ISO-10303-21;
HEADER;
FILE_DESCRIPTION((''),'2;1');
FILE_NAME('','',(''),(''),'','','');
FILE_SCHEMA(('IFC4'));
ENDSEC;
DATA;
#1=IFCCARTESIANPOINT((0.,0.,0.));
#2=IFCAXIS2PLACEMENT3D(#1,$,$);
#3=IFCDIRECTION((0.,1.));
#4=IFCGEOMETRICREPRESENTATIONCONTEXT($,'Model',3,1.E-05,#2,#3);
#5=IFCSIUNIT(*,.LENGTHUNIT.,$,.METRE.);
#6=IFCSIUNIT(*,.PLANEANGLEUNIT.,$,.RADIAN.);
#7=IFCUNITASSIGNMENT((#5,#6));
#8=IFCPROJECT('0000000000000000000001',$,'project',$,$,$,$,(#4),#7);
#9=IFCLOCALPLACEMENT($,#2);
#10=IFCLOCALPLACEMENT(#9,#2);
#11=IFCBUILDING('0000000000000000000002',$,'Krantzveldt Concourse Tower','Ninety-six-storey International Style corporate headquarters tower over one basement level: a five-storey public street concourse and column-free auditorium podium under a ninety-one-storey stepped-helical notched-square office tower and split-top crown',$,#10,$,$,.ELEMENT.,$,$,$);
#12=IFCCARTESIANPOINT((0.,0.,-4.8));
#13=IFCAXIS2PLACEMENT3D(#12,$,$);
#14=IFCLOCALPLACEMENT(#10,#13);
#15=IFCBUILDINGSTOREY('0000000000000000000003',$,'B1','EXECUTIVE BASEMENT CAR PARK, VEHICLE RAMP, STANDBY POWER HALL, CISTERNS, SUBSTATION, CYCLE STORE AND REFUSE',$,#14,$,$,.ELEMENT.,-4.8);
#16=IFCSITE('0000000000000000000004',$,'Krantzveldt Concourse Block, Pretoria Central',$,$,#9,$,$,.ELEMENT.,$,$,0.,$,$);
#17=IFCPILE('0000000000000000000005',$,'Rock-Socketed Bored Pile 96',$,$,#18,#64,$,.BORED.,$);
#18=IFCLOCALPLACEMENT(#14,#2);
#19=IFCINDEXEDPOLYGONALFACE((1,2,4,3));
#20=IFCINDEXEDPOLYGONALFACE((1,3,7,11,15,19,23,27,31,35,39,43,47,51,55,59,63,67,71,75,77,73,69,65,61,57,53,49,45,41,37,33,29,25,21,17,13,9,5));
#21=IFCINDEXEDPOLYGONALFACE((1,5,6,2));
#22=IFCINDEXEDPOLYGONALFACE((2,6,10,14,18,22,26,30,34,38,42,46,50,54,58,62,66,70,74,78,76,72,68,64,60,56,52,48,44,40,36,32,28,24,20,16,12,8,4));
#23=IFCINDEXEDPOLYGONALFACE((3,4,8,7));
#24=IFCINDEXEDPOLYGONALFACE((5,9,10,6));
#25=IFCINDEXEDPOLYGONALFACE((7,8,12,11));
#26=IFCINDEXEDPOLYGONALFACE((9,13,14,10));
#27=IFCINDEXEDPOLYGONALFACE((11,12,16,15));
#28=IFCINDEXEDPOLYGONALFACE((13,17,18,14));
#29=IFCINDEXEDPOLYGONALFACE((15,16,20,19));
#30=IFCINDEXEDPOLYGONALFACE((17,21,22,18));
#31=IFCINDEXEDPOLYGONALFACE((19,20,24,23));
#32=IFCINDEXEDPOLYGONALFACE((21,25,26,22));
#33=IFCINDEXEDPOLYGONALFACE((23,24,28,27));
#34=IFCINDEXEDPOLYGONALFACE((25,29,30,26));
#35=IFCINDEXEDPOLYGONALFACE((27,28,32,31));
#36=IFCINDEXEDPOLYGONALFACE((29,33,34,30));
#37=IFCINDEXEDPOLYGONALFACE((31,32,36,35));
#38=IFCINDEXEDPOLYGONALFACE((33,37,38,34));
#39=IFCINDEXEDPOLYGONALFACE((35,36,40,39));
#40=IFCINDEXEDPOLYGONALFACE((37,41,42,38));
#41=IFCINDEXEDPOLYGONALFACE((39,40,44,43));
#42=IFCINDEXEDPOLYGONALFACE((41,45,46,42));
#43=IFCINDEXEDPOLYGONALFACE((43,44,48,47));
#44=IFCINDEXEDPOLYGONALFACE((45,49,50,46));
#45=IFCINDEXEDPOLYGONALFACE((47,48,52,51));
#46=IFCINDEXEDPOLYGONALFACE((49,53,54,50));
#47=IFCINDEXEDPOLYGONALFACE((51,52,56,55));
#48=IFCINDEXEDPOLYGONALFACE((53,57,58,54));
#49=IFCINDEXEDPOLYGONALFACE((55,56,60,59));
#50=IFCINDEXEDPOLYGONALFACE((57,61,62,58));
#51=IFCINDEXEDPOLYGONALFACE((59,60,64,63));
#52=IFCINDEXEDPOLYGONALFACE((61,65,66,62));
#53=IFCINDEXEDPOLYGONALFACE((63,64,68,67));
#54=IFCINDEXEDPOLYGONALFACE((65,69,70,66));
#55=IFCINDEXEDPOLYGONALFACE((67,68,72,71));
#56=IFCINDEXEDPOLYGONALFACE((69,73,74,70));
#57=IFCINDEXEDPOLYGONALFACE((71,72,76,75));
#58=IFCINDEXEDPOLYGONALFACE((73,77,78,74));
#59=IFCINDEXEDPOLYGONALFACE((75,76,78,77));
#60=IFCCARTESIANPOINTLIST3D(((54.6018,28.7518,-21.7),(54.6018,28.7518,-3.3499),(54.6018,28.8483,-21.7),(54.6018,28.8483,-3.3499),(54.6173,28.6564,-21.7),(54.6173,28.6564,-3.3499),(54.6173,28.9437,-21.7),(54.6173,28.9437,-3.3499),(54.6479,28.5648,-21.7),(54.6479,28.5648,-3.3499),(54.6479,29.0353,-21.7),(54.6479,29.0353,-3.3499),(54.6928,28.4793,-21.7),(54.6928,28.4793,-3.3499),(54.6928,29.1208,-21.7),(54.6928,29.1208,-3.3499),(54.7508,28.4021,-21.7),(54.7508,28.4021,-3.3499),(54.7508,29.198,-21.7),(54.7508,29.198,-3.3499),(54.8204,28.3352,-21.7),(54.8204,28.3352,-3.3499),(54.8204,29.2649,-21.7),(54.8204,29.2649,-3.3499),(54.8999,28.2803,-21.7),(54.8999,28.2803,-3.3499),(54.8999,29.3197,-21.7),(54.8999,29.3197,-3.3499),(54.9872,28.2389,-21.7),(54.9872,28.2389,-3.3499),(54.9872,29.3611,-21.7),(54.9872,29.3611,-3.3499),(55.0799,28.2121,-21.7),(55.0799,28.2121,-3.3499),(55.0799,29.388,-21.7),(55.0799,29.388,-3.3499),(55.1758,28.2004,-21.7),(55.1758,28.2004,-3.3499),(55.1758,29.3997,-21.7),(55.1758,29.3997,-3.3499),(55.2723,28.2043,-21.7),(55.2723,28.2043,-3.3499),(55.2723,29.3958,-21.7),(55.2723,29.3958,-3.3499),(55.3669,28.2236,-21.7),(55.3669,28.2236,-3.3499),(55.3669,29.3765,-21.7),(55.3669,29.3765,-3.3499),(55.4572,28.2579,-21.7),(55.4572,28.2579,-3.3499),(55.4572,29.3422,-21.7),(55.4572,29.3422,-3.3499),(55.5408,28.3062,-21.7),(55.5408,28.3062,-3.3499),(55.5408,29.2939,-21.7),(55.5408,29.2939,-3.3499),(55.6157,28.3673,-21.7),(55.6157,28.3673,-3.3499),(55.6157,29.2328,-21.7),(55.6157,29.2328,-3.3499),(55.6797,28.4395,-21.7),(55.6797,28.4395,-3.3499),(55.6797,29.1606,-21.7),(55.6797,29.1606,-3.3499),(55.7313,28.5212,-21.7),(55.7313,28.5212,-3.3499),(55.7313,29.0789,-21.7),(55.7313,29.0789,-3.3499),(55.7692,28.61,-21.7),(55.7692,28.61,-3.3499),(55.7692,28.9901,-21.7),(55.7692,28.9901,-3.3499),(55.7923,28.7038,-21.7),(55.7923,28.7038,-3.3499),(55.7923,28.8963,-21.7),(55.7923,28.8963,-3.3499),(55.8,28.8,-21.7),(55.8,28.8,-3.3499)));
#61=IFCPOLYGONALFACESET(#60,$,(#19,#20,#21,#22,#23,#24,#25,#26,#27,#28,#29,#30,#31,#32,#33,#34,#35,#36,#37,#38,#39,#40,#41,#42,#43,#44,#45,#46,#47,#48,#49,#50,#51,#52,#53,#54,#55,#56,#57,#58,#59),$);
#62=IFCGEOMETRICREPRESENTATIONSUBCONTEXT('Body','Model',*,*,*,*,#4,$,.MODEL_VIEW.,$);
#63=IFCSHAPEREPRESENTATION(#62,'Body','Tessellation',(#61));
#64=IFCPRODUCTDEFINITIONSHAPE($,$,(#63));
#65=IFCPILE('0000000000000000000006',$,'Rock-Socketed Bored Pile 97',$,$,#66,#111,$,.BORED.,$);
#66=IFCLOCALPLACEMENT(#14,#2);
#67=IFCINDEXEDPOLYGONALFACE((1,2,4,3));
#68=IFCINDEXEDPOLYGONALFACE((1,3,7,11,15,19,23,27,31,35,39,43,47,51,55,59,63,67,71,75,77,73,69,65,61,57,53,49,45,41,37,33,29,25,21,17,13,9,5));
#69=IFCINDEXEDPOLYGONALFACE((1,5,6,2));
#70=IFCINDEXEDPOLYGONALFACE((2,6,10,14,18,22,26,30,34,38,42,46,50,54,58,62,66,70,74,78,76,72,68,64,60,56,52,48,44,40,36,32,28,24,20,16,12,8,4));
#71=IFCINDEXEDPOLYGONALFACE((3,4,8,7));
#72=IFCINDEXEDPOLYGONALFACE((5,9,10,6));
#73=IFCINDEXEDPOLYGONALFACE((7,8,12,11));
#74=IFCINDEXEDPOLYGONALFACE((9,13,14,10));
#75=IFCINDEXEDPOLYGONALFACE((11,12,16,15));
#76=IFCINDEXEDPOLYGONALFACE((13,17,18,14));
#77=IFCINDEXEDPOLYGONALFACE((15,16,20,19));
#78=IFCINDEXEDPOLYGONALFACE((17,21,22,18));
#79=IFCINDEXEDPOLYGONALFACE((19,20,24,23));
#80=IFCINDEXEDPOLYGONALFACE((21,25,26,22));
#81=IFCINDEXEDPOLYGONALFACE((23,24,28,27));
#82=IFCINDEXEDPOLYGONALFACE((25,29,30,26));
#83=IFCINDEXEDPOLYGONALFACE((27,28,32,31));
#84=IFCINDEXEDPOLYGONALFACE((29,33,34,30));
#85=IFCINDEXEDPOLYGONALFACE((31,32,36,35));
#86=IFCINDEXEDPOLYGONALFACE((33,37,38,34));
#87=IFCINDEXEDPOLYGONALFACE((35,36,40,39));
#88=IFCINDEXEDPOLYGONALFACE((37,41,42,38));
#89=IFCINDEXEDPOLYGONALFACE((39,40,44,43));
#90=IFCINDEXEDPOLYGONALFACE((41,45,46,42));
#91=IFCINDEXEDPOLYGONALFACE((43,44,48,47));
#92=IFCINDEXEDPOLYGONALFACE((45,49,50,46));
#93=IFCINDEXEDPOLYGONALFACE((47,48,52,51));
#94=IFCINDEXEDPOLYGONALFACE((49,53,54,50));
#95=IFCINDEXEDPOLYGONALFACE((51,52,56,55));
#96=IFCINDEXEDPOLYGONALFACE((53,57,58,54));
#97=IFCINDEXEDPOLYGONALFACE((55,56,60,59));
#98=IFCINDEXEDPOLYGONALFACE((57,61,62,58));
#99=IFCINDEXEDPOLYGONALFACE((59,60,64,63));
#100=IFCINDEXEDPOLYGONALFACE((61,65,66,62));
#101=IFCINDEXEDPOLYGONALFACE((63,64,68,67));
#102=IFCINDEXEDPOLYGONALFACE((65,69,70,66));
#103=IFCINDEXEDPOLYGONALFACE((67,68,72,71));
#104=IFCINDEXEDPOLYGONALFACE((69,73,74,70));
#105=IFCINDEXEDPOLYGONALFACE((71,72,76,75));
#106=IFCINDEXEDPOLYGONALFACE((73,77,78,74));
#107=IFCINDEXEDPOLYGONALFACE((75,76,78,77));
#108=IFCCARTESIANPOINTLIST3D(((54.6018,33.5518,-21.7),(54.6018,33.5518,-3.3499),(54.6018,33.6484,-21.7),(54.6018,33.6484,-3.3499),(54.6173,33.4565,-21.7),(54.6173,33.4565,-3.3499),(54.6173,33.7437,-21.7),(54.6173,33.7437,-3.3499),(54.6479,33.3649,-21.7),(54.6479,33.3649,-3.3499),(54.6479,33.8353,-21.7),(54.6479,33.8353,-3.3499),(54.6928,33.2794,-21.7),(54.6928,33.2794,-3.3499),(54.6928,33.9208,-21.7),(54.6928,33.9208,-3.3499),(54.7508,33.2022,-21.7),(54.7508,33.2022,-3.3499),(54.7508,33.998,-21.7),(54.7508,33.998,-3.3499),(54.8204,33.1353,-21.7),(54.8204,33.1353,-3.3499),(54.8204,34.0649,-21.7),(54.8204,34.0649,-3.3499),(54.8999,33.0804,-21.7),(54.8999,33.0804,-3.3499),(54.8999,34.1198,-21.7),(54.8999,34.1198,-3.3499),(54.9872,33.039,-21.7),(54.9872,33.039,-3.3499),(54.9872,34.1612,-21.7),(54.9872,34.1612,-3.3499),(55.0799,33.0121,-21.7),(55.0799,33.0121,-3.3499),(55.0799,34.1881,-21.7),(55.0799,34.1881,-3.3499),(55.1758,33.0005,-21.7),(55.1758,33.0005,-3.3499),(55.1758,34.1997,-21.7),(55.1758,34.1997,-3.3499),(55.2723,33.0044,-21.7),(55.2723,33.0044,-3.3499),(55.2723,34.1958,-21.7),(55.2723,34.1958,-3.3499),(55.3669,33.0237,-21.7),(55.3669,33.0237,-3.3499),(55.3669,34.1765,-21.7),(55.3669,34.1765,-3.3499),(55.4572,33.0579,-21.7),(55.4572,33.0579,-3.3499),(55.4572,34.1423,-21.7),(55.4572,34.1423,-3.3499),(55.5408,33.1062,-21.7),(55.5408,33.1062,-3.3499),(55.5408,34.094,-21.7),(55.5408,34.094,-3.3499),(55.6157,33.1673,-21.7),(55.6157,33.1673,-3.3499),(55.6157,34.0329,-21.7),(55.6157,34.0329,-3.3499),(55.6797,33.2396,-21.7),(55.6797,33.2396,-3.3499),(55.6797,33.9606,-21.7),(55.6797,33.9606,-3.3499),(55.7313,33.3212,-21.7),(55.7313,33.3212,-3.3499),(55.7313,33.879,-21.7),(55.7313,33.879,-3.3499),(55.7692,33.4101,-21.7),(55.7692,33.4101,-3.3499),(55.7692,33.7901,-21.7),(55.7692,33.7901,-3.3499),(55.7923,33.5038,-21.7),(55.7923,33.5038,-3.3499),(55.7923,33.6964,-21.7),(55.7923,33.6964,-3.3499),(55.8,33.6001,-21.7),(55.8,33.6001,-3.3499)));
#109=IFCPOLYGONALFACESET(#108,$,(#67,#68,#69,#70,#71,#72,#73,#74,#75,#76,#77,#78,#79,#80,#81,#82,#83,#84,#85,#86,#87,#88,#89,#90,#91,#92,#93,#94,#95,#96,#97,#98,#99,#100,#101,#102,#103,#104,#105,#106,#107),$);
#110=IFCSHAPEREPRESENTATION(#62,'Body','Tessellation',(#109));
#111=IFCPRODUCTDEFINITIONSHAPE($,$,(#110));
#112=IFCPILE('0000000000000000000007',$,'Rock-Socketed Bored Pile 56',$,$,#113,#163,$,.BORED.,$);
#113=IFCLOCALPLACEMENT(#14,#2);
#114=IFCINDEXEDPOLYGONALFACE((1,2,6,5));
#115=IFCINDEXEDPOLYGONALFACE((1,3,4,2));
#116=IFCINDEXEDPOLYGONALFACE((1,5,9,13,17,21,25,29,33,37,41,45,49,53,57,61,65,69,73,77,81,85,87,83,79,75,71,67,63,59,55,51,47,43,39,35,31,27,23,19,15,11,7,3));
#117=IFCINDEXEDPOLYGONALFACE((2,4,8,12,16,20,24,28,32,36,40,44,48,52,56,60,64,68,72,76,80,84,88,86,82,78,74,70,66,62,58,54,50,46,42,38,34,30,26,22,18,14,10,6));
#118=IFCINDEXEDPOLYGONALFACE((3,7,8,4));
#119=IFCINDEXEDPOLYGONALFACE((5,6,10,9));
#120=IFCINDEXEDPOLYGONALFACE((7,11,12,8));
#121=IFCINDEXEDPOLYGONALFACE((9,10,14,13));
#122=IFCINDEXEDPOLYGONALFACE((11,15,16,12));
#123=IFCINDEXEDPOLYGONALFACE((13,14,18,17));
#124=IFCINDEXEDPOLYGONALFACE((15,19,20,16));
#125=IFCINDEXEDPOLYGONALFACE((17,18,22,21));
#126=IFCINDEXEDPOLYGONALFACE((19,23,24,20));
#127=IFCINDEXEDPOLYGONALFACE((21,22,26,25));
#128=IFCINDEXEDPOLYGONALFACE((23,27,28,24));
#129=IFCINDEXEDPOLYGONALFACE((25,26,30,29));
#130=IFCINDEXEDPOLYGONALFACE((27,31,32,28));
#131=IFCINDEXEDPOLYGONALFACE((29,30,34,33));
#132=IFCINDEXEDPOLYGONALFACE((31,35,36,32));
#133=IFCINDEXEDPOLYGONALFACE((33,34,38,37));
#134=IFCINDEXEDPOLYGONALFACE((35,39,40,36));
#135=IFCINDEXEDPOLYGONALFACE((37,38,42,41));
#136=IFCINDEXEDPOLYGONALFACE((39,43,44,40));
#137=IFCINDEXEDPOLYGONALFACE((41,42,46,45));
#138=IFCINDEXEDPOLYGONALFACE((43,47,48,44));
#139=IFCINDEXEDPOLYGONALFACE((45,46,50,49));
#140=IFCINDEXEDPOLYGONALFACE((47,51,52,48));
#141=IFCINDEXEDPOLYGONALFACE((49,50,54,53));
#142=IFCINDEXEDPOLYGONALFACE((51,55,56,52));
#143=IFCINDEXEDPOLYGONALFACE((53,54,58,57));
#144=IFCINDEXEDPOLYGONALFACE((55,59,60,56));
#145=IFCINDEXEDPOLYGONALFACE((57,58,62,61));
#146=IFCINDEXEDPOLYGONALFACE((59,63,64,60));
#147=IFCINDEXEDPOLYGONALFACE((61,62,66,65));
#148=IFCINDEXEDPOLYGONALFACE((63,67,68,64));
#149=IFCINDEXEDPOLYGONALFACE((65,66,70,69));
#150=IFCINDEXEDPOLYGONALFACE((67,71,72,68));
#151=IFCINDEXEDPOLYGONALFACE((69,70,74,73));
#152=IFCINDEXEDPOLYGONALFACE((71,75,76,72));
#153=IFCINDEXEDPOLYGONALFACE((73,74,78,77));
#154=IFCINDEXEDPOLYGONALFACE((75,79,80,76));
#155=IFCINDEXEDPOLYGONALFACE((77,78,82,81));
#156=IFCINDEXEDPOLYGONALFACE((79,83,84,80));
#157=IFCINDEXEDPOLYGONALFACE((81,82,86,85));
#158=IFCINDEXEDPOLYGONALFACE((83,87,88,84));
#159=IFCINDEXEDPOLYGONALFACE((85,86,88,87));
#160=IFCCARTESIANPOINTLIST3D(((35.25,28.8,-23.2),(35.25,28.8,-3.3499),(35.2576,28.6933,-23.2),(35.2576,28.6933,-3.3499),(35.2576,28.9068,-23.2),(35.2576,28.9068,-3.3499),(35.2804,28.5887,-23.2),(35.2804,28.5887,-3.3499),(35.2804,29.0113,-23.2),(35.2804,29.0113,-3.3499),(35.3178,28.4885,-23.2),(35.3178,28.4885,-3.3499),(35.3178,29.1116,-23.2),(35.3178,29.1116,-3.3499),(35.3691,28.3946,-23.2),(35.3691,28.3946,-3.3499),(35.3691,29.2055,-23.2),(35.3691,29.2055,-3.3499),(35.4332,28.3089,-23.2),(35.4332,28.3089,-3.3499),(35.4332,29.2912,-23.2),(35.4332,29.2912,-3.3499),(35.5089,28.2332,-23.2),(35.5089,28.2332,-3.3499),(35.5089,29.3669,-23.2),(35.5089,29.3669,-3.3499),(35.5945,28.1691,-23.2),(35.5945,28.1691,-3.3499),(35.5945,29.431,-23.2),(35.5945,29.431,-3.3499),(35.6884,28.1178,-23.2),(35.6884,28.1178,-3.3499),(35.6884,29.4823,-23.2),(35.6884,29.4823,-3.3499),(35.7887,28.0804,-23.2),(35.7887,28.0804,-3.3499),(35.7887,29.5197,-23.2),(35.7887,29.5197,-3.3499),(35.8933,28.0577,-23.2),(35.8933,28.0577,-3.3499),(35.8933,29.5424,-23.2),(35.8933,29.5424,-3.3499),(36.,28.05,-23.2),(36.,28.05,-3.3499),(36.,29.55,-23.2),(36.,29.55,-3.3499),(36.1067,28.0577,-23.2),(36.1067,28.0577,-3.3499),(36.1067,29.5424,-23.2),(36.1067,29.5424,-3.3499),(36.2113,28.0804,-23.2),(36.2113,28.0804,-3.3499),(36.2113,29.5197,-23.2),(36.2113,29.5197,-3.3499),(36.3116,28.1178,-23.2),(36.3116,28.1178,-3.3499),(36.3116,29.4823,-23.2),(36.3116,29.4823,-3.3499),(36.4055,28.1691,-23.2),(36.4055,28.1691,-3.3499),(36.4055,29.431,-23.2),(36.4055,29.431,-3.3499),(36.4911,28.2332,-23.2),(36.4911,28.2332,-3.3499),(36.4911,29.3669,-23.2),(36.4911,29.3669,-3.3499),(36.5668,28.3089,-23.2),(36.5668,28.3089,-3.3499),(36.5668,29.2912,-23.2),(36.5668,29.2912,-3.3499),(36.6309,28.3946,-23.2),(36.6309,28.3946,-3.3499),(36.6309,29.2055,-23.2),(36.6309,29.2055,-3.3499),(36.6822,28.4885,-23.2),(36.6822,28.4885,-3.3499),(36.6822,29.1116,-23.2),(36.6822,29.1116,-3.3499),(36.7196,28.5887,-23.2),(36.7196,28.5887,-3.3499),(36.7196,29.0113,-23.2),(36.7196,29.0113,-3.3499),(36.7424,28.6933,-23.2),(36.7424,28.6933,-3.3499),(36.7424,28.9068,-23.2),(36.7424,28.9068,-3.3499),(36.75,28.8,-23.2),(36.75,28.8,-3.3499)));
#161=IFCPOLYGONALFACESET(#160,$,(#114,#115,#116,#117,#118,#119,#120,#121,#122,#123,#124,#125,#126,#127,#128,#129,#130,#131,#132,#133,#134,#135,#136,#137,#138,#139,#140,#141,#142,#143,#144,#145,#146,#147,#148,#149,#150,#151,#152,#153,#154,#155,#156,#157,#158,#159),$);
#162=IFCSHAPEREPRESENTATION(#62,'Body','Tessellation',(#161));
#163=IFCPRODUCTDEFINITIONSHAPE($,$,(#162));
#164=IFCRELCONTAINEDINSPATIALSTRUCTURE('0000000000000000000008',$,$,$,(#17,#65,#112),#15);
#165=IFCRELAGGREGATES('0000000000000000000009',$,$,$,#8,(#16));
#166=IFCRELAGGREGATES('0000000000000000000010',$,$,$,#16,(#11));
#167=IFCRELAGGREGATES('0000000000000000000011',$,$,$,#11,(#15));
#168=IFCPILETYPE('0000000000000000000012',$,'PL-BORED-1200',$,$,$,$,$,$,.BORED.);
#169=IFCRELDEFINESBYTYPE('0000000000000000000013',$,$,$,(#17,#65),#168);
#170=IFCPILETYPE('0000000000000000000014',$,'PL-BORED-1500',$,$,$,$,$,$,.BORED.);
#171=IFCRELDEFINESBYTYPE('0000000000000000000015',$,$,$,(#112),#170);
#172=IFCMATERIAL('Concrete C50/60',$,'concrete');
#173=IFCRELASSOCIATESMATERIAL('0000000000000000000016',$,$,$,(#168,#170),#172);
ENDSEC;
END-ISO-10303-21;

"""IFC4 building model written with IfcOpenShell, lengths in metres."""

from ifc_helpers import new_model, si_unit, direction, frame, origin, origin_2d, place, context, subcontext, project, spatial, circle, extrude, source, transform, mapped, material, material_profile, profile_set, type_object, type_shapes, element, save


model = new_model("IFC4")

# Units and contexts
model_context = context("Model", 3, precision=1e-05, world=origin(), true_north=direction((0.0, 1.0)))
body_context = subcontext(model_context, "Body", "Model", "MODEL_VIEW")
ifc_project = project(units=[si_unit("LENGTHUNIT", "METRE"), si_unit("PLANEANGLEUNIT", "RADIAN")], contexts=[model_context])

# Site, building, storey
site_placement = place(None, origin())
site = spatial("IfcSite", under=ifc_project, at=site_placement, Name="Krantzveldt Concourse Block, Pretoria Central", CompositionType="ELEMENT", RefElevation=0.0)
building_placement = place(site_placement, origin())
building = spatial("IfcBuilding", under=site, at=building_placement, Name="Krantzveldt Concourse Tower", Description="Ninety-six-storey International Style corporate headquarters tower over one basement level: a five-storey public street concourse and column-free auditorium podium under a ninety-one-storey stepped-helical notched-square office tower and split-top crown", CompositionType="ELEMENT")
storey_placement = place(building_placement, frame((0.0, 0.0, -4.8)))
storey = spatial("IfcBuildingStorey", under=building, at=storey_placement, Name="B1", Description="EXECUTIVE BASEMENT CAR PARK, VEHICLE RAMP, STANDBY POWER HALL, CISTERNS, SUBSTATION, CYCLE STORE AND REFUSE", CompositionType="ELEMENT", Elevation=-4.8)

# Piles
ifc_material_1 = material(Name="Concrete C50/60", Category="concrete")
ifc_material_profile_1 = material_profile(ifc_material_1, circle(Radius=0.6001, at=origin_2d()), Name="Concrete C50/60", Category="concrete")
ifc_profile_set_1 = profile_set([ifc_material_profile_1], Name="Concrete C50/60 - PILE D1200")
pile_type_1 = type_object("IfcPileType", Name="PL-BORED-1200", PredefinedType="BORED", material=ifc_profile_set_1)
shared_shape_1 = source(origin(), body_context, "Body", "SweptSolid", [
    extrude(circle(Radius=0.6001, at=origin_2d()), origin(), (0.0, 0.0, 1.0), 18.3501),
])
type_shapes(pile_type_1, [shared_shape_1])
for number, where, z_axis, x_axis, name in (
    (1, (55.2, 28.8, -3.3499), (0.0, 0.0, -1.0), (1.0, 0.0, 0.0), "Rock-Socketed Bored Pile 96"),
    (2, (55.2, 33.6001, -3.3499), (0.0, 0.0, -1.0), (1.0, 0.0, 0.0), "Rock-Socketed Bored Pile 97"),
):
    element("IfcPile", number, at=place(storey_placement, frame(where, z_axis=z_axis, x_axis=x_axis)), inside=storey, type_object=pile_type_1, Name=name, PredefinedType="BORED", context=body_context, shape_type="MappedRepresentation", body=[
        mapped(shared_shape_1, transform((0.0, 0.0, 0.0), x_axis=(1.0, 0.0, 0.0), y_axis=(0.0, 1.0, 0.0), z_axis=(0.0, 0.0, 1.0), scale=1.0)),
    ])
ifc_material_profile_2 = material_profile(ifc_material_1, circle(Radius=0.75, at=origin_2d()), Name="Concrete C50/60", Category="concrete")
ifc_profile_set_2 = profile_set([ifc_material_profile_2], Name="Concrete C50/60 - PILE D1500")
pile_type_2 = type_object("IfcPileType", Name="PL-BORED-1500", PredefinedType="BORED", material=ifc_profile_set_2)
shared_shape_2 = source(origin(), body_context, "Body", "SweptSolid", [
    extrude(circle(Radius=0.75, at=origin_2d()), origin(), (0.0, 0.0, 1.0), 19.8501),
])
type_shapes(pile_type_2, [shared_shape_2])
for number, where, z_axis, x_axis, name in (
    (3, (36.0, 28.8, -3.3499), (0.0, 0.0, -1.0), (1.0, 0.0, 0.0), "Rock-Socketed Bored Pile 56"),
):
    element("IfcPile", number, at=place(storey_placement, frame(where, z_axis=z_axis, x_axis=x_axis)), inside=storey, type_object=pile_type_2, Name=name, PredefinedType="BORED", context=body_context, shape_type="MappedRepresentation", body=[
        mapped(shared_shape_2, transform((0.0, 0.0, 0.0), x_axis=(1.0, 0.0, 0.0), y_axis=(0.0, 1.0, 0.0), z_axis=(0.0, 0.0, 1.0), scale=1.0)),
    ])

save(model, "model.ifc")
